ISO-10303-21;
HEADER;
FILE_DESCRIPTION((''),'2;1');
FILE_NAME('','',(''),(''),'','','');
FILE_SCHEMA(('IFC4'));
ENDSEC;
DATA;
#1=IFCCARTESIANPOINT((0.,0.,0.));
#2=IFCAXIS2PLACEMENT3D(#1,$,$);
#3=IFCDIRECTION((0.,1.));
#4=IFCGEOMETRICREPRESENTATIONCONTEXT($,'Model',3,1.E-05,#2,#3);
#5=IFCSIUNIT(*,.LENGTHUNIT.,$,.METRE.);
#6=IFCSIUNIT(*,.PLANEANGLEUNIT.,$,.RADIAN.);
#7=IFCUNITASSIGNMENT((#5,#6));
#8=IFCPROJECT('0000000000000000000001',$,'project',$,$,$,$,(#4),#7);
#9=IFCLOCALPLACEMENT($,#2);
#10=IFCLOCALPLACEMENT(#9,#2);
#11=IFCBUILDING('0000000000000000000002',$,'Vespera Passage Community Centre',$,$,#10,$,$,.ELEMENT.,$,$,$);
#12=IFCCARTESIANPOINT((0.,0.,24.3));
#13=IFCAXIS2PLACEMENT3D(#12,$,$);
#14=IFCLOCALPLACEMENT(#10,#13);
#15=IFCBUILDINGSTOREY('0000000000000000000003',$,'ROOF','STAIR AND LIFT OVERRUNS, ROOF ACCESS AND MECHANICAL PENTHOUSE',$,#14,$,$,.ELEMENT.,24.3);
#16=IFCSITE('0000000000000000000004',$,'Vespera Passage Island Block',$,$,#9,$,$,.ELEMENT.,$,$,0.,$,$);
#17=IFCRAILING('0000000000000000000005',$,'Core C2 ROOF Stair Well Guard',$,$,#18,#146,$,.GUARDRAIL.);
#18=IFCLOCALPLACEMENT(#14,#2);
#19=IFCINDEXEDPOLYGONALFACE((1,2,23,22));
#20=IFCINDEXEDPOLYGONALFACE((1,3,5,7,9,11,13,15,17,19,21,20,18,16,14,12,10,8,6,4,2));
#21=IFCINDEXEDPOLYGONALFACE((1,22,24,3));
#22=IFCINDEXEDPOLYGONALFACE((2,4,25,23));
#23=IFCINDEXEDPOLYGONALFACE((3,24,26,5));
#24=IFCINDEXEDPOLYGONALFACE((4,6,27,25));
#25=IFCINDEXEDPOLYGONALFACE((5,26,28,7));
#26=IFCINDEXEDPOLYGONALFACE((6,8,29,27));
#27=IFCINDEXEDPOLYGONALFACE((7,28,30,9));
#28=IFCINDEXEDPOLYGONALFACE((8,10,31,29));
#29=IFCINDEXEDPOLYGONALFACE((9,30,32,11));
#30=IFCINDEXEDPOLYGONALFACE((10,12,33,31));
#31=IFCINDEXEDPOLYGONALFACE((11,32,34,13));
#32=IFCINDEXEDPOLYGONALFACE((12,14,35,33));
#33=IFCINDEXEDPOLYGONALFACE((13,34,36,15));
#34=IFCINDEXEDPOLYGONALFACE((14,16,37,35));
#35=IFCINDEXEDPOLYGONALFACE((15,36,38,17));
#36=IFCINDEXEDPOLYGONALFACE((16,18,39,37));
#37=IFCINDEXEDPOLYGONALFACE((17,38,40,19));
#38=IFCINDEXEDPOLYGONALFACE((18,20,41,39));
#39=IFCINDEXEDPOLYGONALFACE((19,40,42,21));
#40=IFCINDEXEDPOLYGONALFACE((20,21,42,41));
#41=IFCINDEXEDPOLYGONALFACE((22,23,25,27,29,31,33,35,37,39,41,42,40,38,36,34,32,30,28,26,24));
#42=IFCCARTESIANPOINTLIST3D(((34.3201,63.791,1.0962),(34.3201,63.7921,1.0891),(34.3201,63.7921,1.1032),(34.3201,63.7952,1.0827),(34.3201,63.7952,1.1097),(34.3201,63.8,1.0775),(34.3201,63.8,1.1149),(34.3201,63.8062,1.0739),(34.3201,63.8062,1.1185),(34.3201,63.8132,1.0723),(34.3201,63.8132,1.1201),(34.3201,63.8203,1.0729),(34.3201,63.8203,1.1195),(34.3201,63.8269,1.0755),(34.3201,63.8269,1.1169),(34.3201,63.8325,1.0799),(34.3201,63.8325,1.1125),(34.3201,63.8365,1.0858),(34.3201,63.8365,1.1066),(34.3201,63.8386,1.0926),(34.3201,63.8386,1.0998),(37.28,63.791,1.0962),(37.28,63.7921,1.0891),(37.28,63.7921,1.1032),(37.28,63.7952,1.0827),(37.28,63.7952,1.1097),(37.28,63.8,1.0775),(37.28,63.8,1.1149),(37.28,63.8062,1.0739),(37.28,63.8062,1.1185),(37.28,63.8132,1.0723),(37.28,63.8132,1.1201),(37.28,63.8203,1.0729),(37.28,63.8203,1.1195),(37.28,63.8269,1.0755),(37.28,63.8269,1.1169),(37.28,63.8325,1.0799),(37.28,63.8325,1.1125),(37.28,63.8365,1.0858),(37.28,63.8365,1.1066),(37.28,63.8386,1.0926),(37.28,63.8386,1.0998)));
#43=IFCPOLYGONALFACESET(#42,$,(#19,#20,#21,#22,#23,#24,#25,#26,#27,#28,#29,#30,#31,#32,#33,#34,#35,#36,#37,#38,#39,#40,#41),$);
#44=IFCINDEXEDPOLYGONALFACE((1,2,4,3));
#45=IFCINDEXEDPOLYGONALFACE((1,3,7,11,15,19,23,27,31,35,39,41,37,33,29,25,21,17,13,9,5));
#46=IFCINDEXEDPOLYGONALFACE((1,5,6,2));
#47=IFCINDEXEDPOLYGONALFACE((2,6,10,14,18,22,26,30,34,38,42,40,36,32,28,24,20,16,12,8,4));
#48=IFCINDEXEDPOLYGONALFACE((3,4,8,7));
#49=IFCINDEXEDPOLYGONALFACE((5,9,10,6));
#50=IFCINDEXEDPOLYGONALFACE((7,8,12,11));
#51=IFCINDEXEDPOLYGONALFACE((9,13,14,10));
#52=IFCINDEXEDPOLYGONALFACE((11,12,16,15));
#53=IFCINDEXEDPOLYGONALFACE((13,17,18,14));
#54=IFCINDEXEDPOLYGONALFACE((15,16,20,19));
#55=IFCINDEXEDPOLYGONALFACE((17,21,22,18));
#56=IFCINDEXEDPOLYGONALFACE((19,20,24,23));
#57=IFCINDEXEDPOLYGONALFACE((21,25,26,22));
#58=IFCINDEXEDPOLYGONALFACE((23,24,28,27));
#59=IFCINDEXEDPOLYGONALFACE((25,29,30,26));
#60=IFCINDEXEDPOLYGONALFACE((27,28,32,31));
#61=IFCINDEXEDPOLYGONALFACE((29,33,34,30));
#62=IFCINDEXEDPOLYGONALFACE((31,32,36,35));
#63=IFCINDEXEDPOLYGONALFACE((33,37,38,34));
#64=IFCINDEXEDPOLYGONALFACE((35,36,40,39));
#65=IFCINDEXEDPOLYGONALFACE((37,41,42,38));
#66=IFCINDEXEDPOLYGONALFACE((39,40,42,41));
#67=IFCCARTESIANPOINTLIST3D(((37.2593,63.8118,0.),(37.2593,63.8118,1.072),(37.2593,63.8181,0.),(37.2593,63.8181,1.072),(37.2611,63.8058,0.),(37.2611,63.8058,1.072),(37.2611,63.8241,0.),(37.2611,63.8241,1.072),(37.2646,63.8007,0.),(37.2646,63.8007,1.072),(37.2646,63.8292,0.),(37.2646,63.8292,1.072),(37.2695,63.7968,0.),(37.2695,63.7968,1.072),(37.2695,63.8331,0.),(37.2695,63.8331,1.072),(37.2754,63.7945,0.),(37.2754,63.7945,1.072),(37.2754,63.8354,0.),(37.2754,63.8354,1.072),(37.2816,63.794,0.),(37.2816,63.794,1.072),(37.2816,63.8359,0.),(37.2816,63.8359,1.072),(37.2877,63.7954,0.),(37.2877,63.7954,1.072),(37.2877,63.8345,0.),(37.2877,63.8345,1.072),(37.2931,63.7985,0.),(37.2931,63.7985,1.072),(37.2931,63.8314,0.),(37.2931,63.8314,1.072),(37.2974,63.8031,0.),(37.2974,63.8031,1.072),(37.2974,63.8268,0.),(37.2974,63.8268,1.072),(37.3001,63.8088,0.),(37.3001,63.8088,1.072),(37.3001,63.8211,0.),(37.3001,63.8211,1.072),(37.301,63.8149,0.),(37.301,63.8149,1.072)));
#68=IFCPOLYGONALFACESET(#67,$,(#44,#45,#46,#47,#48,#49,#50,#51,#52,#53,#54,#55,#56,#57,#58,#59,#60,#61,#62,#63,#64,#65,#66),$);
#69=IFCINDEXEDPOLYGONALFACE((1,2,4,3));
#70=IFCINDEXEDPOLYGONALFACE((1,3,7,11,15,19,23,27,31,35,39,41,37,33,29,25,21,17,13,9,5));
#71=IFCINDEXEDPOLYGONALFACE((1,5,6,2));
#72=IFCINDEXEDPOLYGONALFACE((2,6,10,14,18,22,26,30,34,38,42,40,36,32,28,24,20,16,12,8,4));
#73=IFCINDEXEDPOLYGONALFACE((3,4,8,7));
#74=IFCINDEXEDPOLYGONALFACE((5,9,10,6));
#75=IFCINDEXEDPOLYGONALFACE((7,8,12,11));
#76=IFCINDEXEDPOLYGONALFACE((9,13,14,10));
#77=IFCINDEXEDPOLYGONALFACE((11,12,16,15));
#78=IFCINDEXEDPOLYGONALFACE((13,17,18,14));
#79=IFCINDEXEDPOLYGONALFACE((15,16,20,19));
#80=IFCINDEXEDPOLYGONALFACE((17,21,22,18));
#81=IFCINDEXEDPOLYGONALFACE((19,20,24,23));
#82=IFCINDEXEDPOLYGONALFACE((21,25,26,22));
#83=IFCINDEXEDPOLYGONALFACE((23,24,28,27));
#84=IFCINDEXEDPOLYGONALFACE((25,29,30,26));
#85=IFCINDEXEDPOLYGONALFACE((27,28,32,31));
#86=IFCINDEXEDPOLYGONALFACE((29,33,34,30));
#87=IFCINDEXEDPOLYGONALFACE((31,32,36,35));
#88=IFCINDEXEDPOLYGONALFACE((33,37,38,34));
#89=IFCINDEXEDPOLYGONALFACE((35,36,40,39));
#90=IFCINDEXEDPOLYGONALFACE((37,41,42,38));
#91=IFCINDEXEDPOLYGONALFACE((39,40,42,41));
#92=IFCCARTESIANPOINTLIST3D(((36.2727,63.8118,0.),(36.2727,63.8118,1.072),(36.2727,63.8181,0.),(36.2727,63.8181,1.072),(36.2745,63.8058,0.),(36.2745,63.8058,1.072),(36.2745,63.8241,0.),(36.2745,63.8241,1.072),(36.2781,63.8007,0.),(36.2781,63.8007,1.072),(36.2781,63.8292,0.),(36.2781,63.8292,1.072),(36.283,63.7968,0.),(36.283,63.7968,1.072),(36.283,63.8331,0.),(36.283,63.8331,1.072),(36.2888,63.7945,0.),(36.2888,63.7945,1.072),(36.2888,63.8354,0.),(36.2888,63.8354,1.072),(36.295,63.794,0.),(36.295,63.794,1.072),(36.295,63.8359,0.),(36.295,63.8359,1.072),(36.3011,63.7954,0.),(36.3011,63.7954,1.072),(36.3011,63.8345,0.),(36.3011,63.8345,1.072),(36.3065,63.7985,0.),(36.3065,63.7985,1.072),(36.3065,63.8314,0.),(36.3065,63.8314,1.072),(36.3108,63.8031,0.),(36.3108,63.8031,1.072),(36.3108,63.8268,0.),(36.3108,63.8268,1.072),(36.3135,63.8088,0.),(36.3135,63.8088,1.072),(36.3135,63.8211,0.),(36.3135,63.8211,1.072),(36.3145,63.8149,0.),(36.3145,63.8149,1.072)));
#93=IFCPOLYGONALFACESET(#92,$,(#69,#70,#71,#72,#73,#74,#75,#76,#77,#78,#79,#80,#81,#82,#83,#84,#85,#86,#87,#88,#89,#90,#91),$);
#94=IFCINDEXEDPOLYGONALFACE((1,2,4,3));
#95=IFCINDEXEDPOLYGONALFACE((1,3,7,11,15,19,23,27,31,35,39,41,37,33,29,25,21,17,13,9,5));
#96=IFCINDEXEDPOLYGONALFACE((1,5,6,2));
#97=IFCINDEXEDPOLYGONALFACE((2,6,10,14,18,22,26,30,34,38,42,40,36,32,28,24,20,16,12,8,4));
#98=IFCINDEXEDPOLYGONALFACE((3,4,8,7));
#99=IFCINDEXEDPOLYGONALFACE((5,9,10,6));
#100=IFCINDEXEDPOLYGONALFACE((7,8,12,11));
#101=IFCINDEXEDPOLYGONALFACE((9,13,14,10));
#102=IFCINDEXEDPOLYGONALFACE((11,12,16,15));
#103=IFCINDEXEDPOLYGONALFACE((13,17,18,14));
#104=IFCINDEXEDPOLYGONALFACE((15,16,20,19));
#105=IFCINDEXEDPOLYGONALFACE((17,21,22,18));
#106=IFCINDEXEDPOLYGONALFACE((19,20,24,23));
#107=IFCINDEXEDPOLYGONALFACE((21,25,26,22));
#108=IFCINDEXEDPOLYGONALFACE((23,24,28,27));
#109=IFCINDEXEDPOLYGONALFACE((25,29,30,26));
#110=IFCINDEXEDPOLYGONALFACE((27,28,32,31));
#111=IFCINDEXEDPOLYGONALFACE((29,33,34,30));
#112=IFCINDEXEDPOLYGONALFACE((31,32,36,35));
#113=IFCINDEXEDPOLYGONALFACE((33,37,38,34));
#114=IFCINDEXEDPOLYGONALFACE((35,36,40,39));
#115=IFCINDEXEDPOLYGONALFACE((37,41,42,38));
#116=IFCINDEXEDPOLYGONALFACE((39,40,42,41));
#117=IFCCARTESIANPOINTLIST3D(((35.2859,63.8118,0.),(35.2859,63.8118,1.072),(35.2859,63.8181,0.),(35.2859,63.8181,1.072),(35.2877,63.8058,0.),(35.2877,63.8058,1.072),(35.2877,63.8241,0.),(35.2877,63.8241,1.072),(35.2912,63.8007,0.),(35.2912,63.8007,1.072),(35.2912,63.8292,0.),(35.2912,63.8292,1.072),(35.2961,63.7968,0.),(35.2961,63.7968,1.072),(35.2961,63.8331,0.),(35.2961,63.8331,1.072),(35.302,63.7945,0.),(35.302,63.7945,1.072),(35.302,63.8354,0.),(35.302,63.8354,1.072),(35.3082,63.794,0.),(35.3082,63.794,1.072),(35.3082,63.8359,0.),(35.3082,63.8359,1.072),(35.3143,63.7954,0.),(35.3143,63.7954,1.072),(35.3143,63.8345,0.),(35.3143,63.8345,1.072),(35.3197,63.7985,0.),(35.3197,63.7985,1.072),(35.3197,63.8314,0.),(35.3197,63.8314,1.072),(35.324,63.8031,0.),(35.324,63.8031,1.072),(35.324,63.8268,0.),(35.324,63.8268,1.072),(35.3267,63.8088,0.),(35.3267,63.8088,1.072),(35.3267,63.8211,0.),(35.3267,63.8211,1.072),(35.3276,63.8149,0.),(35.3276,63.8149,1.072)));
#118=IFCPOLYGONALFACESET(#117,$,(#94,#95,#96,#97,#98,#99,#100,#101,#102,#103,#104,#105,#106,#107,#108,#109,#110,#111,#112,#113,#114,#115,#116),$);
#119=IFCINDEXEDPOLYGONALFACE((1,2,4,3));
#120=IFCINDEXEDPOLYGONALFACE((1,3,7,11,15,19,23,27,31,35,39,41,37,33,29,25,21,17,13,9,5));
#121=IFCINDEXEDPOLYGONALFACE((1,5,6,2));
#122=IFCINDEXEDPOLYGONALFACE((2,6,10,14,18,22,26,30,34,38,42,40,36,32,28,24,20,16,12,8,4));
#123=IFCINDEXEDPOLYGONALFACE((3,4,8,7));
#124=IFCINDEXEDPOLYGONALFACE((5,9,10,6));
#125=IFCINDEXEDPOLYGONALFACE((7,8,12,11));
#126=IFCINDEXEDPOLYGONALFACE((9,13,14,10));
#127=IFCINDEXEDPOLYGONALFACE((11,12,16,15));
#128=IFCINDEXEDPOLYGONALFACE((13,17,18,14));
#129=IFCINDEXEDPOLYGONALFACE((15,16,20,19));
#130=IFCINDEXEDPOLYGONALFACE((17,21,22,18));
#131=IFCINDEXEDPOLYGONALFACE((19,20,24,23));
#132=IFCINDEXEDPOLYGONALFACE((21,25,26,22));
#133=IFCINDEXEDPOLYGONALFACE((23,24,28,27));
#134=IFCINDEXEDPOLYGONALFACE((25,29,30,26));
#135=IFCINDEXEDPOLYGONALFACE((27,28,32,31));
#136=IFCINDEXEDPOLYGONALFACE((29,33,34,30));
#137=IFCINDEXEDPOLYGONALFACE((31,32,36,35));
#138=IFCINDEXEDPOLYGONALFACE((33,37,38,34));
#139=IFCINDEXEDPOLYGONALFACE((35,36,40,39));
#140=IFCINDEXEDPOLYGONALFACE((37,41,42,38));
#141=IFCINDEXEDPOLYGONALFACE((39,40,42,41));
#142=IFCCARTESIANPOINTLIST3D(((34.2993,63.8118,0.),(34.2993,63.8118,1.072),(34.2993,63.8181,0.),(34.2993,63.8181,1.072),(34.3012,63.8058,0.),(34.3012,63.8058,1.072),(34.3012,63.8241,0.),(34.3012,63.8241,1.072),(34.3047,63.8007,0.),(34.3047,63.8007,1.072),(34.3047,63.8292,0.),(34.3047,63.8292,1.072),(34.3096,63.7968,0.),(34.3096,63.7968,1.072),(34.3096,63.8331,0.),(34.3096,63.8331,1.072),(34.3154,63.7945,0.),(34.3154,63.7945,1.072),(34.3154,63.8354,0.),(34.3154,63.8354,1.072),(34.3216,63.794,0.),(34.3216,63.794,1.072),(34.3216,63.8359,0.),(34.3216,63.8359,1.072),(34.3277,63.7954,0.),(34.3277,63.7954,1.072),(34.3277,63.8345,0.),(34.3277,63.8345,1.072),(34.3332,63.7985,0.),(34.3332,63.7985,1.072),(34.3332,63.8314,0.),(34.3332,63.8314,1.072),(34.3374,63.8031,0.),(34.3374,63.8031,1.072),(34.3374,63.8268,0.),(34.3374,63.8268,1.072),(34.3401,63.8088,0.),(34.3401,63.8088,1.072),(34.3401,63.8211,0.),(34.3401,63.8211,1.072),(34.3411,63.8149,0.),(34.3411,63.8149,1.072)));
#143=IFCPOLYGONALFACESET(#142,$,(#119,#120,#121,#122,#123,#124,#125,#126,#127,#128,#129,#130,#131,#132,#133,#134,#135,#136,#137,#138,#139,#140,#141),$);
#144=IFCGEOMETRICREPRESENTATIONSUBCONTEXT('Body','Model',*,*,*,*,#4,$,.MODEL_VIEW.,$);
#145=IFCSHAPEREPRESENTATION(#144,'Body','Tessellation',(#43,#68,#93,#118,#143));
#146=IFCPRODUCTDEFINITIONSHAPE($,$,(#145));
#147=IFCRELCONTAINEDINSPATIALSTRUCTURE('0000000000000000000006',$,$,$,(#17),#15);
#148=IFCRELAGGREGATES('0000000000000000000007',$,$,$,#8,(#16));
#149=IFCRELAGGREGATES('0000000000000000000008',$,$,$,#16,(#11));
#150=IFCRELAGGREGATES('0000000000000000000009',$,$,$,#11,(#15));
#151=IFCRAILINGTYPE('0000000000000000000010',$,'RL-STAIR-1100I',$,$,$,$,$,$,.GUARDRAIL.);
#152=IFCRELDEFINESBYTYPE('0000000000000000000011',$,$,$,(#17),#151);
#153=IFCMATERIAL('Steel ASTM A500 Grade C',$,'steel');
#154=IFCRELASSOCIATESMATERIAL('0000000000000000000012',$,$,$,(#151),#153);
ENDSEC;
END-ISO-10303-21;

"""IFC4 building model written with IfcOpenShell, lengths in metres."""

from ifc_helpers import new_model, si_unit, direction, frame, origin, origin_2d, place, context, subcontext, project, spatial, circle, extrude, material, type_object, element, save


model = new_model("IFC4")

# Units and contexts
model_context = context("Model", 3, precision=1e-05, world=origin(), true_north=direction((0.0, 1.0)))
body_context = subcontext(model_context, "Body", "Model", "MODEL_VIEW")
ifc_project = project(units=[si_unit("LENGTHUNIT", "METRE"), si_unit("PLANEANGLEUNIT", "RADIAN")], contexts=[model_context])

# Site, building, storey
site_placement = place(None, origin())
site = spatial("IfcSite", under=ifc_project, at=site_placement, Name="Vespera Passage Island Block", CompositionType="ELEMENT", RefElevation=0.0)
building_placement = place(site_placement, origin())
building = spatial("IfcBuilding", under=site, at=building_placement, Name="Vespera Passage Community Centre", CompositionType="ELEMENT")
storey_placement = place(building_placement, frame((0.0, 0.0, 24.3)))
storey = spatial("IfcBuildingStorey", under=building, at=storey_placement, Name="ROOF", Description="STAIR AND LIFT OVERRUNS, ROOF ACCESS AND MECHANICAL PENTHOUSE", CompositionType="ELEMENT", Elevation=24.3)

# Railing
ifc_material_1 = material(Name="Steel ASTM A500 Grade C", Category="steel")
railing_type_1 = type_object("IfcRailingType", Name="RL-STAIR-1100I", PredefinedType="GUARDRAIL", material=ifc_material_1)
railing_1_placement = place(storey_placement, frame((37.28, 63.8149, 0.0)))
element("IfcRailing", 1, at=railing_1_placement, inside=storey, type_object=railing_type_1, Name="Core C2 ROOF Stair Well Guard", PredefinedType="GUARDRAIL", context=body_context, shape_type="SweptSolid", body=[
    extrude(circle(Radius=0.0239, at=origin_2d()), frame((0.0, 0.0, 1.0962), z_axis=(-1.0, 0.0, 0.0), x_axis=(0.0, -1.0, 0.0)), (0.0, 0.0, 1.0), 2.96),
    extrude(circle(Radius=0.021, at=origin_2d()), origin(), (0.0, 0.0, 1.0), 1.072),
    extrude(circle(Radius=0.021, at=origin_2d()), frame((-0.9866, 0.0, 0.0)), (0.0, 0.0, 1.0), 1.072),
    extrude(circle(Radius=0.021, at=origin_2d()), frame((-1.9734, 0.0, 0.0)), (0.0, 0.0, 1.0), 1.072),
    extrude(circle(Radius=0.021, at=origin_2d()), frame((-2.96, 0.0, 0.0)), (0.0, 0.0, 1.0), 1.072),
])

save(model, "model.ifc")
